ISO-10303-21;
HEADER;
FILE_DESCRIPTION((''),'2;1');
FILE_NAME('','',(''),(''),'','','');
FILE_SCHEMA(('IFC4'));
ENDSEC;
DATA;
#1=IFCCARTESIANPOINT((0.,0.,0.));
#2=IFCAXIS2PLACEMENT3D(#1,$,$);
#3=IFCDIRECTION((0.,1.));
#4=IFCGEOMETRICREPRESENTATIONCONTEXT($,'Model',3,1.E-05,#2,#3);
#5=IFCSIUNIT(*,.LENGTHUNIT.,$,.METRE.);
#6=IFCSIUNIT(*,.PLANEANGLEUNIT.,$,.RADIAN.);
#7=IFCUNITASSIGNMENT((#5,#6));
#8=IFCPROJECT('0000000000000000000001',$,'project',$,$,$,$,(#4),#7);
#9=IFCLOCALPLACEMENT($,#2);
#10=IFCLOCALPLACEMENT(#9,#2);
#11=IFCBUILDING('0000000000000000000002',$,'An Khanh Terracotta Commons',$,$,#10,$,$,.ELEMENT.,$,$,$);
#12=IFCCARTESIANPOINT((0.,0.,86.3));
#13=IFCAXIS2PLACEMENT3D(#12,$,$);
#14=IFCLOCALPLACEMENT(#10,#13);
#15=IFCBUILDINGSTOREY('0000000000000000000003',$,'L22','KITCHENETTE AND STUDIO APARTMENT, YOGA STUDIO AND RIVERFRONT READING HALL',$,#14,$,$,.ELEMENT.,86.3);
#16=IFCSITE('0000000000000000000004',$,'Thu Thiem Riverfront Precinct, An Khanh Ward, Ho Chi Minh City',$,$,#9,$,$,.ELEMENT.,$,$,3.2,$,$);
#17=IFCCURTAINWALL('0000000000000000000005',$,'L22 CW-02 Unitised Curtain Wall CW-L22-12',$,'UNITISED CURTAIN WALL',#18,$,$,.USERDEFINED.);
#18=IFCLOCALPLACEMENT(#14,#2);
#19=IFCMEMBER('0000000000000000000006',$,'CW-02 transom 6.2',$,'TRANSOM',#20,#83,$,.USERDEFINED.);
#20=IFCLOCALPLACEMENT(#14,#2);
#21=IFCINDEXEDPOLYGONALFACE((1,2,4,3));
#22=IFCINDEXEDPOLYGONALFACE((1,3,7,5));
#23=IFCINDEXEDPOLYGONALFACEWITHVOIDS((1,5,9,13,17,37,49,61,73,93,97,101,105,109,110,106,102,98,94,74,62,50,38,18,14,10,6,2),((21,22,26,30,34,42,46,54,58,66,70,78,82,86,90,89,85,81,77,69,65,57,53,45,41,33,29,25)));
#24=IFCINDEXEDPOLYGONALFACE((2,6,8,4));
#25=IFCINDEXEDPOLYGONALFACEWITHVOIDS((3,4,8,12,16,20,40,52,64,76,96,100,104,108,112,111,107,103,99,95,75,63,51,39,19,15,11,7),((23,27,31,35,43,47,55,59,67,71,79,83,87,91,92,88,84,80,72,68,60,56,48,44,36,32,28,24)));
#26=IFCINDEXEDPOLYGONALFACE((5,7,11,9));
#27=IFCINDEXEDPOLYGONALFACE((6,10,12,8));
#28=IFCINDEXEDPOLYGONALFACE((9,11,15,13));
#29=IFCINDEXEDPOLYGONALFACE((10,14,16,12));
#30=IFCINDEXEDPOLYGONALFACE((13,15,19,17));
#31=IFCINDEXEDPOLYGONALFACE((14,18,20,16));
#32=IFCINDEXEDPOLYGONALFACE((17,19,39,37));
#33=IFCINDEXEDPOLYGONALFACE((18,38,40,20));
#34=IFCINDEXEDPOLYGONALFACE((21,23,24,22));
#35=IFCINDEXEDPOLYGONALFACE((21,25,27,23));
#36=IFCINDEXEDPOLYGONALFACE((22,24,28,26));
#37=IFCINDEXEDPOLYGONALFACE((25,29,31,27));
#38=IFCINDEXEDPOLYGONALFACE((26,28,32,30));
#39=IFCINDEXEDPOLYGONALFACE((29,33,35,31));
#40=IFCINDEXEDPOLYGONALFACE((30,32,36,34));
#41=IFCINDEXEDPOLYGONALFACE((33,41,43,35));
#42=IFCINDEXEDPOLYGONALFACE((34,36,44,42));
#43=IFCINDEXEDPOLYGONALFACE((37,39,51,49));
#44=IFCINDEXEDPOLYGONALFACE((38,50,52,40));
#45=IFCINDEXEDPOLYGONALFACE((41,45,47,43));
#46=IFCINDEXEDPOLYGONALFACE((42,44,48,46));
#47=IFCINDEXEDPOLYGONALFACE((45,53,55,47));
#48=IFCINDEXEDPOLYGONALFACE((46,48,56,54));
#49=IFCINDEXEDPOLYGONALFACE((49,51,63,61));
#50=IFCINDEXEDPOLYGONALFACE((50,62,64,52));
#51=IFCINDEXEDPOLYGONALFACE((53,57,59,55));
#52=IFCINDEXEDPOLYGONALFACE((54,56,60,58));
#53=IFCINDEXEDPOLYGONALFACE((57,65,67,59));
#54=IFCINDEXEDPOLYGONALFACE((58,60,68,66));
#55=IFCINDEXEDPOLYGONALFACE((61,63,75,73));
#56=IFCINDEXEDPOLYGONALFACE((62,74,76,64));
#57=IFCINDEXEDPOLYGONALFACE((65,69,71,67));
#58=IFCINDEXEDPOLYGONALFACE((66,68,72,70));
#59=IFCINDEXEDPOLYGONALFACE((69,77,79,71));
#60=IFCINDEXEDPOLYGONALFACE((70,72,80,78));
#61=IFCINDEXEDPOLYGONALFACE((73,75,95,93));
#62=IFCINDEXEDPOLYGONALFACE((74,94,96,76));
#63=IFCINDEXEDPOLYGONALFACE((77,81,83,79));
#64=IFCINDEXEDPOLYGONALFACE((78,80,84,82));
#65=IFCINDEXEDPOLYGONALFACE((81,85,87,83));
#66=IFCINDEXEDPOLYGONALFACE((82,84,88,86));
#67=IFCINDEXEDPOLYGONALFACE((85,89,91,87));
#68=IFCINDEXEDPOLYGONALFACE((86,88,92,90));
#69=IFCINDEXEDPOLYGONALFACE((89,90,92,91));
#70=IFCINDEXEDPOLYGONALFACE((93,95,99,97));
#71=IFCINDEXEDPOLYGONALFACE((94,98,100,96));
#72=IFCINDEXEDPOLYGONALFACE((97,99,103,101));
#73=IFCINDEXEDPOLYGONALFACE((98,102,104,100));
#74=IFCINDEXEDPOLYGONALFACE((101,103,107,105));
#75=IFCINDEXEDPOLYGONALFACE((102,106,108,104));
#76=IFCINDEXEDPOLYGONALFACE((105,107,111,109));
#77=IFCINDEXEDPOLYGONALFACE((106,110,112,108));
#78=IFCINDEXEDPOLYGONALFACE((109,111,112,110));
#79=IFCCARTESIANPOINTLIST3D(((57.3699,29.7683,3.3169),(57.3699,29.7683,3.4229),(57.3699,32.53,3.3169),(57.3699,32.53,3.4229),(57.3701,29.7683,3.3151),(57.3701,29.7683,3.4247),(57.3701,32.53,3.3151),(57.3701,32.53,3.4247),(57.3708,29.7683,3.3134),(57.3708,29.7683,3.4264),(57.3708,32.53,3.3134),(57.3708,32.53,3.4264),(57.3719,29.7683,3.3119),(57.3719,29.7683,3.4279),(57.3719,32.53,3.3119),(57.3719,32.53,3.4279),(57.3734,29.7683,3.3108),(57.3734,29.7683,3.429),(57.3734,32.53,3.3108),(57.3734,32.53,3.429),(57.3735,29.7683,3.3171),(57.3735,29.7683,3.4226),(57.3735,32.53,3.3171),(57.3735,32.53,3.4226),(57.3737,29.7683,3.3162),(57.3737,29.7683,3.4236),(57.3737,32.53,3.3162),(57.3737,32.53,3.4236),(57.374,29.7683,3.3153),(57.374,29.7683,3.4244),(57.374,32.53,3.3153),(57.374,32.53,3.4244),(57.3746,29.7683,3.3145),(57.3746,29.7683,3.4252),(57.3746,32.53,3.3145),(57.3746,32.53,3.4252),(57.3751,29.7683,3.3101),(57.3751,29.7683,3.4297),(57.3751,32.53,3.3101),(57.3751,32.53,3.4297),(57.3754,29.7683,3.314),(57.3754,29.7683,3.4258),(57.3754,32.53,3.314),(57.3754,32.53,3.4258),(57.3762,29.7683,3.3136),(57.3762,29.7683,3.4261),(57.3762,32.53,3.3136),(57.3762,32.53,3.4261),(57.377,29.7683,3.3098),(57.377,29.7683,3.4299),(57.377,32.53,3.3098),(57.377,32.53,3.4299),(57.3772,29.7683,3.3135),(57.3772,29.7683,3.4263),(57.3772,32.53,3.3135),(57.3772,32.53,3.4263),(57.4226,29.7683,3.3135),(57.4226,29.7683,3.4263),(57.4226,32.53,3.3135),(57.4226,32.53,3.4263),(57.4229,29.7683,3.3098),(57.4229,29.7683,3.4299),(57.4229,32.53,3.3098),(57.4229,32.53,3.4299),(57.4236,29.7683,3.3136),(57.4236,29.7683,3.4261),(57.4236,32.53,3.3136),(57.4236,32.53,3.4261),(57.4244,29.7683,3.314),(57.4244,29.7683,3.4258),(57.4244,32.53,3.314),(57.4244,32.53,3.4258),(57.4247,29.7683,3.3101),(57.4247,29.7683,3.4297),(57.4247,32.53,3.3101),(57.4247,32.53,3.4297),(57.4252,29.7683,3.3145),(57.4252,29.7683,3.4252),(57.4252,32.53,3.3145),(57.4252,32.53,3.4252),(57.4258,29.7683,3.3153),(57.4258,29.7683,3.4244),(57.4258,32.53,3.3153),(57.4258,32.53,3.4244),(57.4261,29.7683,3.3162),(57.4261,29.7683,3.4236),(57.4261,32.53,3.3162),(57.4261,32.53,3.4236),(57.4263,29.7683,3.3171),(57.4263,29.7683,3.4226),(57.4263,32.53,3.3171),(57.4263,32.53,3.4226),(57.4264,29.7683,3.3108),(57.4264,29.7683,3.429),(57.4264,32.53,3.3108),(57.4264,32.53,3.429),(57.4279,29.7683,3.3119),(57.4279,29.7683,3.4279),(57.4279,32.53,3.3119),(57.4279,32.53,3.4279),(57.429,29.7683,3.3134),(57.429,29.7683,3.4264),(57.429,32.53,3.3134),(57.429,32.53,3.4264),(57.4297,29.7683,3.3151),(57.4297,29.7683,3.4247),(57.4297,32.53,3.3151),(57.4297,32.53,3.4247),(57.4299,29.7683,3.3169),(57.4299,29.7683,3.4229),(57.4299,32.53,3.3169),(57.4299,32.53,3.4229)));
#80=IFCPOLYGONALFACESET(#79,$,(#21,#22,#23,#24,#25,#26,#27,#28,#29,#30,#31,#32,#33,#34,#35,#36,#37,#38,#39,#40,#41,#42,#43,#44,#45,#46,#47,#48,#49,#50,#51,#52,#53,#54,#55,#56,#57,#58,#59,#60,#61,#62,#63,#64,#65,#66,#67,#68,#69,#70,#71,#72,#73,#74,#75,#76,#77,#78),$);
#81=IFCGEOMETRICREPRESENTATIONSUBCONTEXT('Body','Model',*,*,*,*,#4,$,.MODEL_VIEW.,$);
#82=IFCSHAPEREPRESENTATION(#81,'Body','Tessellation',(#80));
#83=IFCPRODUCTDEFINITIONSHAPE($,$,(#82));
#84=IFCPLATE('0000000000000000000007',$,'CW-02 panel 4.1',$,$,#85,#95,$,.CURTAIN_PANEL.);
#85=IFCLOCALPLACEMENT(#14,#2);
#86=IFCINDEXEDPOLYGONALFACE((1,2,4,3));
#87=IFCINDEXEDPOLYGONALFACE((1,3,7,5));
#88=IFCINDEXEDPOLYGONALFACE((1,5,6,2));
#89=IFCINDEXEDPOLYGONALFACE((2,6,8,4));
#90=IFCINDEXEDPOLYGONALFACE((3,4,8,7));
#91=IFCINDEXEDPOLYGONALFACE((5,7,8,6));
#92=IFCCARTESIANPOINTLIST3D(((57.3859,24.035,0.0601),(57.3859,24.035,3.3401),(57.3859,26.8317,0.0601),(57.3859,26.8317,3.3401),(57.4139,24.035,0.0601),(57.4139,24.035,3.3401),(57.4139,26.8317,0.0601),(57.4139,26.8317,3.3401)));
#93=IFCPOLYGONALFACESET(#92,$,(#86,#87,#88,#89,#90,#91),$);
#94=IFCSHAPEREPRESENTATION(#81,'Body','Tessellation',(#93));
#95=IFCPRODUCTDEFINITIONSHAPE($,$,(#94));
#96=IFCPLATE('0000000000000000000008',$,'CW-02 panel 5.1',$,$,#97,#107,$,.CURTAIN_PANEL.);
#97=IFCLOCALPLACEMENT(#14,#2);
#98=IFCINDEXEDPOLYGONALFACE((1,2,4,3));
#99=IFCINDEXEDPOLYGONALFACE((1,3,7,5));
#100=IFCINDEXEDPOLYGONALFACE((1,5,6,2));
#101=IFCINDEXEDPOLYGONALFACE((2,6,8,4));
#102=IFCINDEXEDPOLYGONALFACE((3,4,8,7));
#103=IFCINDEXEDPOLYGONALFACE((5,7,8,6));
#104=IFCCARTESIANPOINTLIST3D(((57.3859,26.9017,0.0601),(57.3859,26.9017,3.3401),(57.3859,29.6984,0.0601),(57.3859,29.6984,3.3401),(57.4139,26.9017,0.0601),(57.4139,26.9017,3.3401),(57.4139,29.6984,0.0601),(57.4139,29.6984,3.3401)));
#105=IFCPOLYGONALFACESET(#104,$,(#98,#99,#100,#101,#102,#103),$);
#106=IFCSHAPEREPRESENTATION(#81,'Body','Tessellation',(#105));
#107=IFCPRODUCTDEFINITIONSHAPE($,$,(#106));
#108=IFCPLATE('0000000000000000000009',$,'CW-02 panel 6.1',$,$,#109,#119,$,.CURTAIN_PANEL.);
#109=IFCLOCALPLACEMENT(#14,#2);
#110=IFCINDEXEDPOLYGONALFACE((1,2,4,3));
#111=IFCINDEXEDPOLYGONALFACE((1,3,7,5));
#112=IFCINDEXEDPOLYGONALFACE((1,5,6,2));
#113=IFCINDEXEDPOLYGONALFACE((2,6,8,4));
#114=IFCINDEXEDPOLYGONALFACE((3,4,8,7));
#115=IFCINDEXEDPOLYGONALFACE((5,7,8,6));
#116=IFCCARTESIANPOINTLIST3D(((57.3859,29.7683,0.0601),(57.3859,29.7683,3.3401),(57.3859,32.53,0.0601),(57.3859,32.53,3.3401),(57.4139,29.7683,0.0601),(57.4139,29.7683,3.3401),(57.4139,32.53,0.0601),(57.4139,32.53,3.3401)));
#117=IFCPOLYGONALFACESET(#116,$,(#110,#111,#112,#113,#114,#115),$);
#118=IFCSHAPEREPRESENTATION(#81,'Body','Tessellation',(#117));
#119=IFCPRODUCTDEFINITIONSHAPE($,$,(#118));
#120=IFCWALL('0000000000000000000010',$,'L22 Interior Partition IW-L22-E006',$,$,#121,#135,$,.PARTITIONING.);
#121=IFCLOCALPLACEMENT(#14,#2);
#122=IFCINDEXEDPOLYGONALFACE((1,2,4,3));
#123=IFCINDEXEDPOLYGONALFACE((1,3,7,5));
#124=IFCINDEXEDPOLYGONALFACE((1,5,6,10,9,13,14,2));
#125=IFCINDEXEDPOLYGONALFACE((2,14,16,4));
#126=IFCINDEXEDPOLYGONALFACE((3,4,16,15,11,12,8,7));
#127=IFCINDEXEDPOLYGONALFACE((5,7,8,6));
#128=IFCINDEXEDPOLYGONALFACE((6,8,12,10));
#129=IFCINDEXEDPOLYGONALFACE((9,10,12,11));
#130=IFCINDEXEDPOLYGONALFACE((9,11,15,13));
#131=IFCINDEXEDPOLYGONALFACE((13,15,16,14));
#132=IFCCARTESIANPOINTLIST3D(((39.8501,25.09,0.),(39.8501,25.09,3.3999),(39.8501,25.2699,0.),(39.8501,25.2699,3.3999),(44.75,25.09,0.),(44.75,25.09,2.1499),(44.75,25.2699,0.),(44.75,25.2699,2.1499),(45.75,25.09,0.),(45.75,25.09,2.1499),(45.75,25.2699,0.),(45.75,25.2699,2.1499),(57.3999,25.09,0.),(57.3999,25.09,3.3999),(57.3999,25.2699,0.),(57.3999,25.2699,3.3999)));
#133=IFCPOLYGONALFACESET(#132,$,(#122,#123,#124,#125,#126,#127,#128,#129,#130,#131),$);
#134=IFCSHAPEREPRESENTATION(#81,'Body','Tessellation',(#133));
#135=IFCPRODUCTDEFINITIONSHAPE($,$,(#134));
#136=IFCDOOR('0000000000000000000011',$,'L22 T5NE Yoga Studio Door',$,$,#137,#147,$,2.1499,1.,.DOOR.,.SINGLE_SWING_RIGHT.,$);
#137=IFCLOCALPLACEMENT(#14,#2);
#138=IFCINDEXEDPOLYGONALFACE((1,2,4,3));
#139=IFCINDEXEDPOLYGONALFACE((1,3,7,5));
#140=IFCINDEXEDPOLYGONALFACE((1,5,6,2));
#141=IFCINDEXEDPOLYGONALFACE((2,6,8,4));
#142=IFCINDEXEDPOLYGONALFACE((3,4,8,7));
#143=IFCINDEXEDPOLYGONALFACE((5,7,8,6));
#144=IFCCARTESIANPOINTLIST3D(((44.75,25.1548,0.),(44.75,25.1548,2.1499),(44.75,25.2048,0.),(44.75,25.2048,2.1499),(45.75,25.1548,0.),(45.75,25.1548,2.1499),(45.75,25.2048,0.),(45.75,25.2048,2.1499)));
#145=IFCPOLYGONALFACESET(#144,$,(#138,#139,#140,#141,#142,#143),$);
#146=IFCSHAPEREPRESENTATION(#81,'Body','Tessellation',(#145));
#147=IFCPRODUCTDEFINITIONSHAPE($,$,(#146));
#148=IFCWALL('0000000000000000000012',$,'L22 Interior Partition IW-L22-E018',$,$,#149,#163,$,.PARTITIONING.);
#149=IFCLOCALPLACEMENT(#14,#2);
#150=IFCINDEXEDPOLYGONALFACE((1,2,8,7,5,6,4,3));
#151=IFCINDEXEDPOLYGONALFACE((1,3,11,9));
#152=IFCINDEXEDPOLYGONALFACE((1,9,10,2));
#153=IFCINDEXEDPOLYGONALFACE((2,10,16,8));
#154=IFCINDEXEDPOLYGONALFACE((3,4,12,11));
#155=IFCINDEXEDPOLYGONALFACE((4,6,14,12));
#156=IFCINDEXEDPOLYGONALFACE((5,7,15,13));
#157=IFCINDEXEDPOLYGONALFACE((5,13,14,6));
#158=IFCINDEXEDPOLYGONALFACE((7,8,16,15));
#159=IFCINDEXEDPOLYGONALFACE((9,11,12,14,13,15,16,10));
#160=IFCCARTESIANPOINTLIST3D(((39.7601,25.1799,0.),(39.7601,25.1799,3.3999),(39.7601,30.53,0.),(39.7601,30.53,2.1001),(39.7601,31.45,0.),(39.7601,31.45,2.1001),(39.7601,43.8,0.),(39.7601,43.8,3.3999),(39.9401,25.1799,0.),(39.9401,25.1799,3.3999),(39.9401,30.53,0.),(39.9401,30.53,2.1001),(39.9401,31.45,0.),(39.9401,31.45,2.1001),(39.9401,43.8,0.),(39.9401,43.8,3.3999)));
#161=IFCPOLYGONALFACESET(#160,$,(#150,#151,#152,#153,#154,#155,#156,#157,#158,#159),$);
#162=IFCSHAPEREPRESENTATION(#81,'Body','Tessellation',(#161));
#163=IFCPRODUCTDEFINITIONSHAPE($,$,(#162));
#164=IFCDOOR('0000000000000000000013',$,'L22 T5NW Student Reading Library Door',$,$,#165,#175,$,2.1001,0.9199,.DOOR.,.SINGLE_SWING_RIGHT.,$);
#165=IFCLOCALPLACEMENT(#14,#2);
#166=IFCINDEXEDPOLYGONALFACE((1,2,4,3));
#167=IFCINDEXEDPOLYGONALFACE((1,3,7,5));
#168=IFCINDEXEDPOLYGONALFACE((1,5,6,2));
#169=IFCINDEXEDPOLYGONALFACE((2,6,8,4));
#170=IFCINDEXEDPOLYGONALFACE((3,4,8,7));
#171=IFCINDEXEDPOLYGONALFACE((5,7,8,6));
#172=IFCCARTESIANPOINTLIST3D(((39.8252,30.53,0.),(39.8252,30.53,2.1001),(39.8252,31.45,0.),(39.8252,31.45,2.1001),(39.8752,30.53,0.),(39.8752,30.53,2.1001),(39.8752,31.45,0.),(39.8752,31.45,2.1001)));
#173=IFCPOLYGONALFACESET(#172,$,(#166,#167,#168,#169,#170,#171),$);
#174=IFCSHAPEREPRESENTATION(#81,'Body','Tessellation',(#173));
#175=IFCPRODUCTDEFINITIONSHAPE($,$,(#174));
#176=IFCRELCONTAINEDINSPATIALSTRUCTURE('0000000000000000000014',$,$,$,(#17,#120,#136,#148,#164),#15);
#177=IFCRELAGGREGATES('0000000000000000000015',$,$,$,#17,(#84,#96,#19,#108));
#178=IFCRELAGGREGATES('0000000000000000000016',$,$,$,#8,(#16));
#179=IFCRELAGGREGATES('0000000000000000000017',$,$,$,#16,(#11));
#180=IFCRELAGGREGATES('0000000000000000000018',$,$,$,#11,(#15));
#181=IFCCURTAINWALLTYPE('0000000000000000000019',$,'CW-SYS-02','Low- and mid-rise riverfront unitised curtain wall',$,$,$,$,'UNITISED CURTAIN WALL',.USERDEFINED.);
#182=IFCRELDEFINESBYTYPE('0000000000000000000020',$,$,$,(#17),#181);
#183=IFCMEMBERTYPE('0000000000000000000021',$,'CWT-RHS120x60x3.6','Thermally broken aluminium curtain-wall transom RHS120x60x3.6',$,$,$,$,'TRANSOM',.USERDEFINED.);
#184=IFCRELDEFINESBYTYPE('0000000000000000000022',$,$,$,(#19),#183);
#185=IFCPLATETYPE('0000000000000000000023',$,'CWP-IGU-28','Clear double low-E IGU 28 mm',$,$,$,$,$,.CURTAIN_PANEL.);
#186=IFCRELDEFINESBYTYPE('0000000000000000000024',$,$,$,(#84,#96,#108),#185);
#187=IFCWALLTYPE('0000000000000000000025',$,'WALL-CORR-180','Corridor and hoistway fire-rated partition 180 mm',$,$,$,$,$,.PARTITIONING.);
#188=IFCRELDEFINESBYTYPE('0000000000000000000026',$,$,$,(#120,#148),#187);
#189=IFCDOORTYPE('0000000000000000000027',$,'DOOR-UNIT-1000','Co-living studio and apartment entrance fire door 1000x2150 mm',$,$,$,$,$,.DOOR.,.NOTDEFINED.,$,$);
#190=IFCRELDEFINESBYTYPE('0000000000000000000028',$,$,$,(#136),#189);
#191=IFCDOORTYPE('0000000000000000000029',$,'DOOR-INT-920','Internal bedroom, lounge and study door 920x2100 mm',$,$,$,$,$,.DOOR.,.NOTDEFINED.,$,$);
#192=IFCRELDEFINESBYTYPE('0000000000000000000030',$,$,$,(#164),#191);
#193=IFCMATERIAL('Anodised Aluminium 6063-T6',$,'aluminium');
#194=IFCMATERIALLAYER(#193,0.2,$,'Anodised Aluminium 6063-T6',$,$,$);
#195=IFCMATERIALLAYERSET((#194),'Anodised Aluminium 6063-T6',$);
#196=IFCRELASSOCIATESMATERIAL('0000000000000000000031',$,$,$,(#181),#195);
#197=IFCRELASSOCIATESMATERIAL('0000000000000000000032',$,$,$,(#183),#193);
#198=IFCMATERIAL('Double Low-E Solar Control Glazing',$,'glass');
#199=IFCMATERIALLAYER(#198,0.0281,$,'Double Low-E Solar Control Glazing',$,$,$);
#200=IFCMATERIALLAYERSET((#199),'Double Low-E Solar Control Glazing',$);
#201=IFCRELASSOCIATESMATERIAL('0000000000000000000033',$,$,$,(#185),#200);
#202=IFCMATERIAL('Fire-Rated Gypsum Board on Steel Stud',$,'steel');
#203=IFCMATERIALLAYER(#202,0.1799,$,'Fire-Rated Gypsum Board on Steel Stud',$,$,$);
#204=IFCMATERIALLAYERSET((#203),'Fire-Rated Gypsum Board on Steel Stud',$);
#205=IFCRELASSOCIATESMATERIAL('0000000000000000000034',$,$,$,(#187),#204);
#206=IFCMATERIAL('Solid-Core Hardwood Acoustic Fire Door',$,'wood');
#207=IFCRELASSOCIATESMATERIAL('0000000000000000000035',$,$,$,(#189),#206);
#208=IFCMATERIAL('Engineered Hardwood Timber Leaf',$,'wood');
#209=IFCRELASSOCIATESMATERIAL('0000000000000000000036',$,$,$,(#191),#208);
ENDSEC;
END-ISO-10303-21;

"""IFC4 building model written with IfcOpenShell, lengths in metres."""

from ifc_helpers import new_model, si_unit, direction, frame, frame_2d, origin, origin_2d, place, context, subcontext, project, spatial, rectangle, hollow_rectangle, extrude, material, layer, layer_set, material_profile, profile_set, type_object, element, fill, aggregate, save


model = new_model("IFC4")

# Units and contexts
model_context = context("Model", 3, precision=1e-05, world=origin(), true_north=direction((0.0, 1.0)))
body_context = subcontext(model_context, "Body", "Model", "MODEL_VIEW")
ifc_project = project(units=[si_unit("LENGTHUNIT", "METRE"), si_unit("PLANEANGLEUNIT", "RADIAN")], contexts=[model_context])

# Site, building, storey
site_placement = place(None, origin())
site = spatial("IfcSite", under=ifc_project, at=site_placement, Name="Thu Thiem Riverfront Precinct, An Khanh Ward, Ho Chi Minh City", CompositionType="ELEMENT", RefElevation=3.2)
building_placement = place(site_placement, origin())
building = spatial("IfcBuilding", under=site, at=building_placement, Name="An Khanh Terracotta Commons", CompositionType="ELEMENT")
storey_placement = place(building_placement, frame((0.0, 0.0, 86.3)))
storey = spatial("IfcBuildingStorey", under=building, at=storey_placement, Name="L22", Description="KITCHENETTE AND STUDIO APARTMENT, YOGA STUDIO AND RIVERFRONT READING HALL", CompositionType="ELEMENT", Elevation=86.3)

# Curtain wall, member, plates
ifc_material_1 = material(Name="Anodised Aluminium 6063-T6", Category="aluminium")
ifc_layer_1 = layer(ifc_material_1, 0.2, Name="Anodised Aluminium 6063-T6")
ifc_layer_set_1 = layer_set([ifc_layer_1], Name="Anodised Aluminium 6063-T6")
curtain_wall_type = type_object("IfcCurtainWallType", Name="CW-SYS-02", Description="Low- and mid-rise riverfront unitised curtain wall", ElementType="UNITISED CURTAIN WALL", PredefinedType="USERDEFINED", material=ifc_layer_set_1)
curtain_wall_placement = place(storey_placement, origin())
curtain_wall = element("IfcCurtainWall", 1, at=curtain_wall_placement, inside=storey, type_object=curtain_wall_type, Name="L22 CW-02 Unitised Curtain Wall CW-L22-12", ObjectType="UNITISED CURTAIN WALL", PredefinedType="USERDEFINED")
ifc_material_profile_1 = material_profile(ifc_material_1, hollow_rectangle(XDim=0.0601, YDim=0.1201, WallThickness=0.0037, InnerFilletRadius=0.0037, OuterFilletRadius=0.0071, at=origin_2d()), Name="RHS120x60x3.6")
ifc_profile_set_1 = profile_set([ifc_material_profile_1], Name="Anodised Aluminium 6063-T6")
member_type_1 = type_object("IfcMemberType", Name="CWT-RHS120x60x3.6", Description="Thermally broken aluminium curtain-wall transom RHS120x60x3.6", ElementType="TRANSOM", PredefinedType="USERDEFINED", material=ifc_profile_set_1)
member_1_placement = place(storey_placement, frame((57.3999, 29.7683, 3.3699), z_axis=(0.0, 1.0, 0.0), x_axis=(-1.0, 0.0, 0.0)))
member_1 = element("IfcMember", 2, at=member_1_placement, type_object=member_type_1, Name="CW-02 transom 6.2", ObjectType="TRANSOM", PredefinedType="USERDEFINED", context=body_context, shape_type="SweptSolid", body=[
    extrude(hollow_rectangle(XDim=0.0601, YDim=0.1201, WallThickness=0.0037, InnerFilletRadius=0.0037, OuterFilletRadius=0.0071, at=origin_2d()), origin(), (0.0, 0.0, 1.0), 2.7617),
])
ifc_material_2 = material(Name="Double Low-E Solar Control Glazing", Category="glass")
ifc_layer_2 = layer(ifc_material_2, 0.0281, Name="Double Low-E Solar Control Glazing")
ifc_layer_set_2 = layer_set([ifc_layer_2], Name="Double Low-E Solar Control Glazing")
plate_type = type_object("IfcPlateType", Name="CWP-IGU-28", Description="Clear double low-E IGU 28 mm", PredefinedType="CURTAIN_PANEL", material=ifc_layer_set_2)
plate_1_placement = place(storey_placement, frame((57.3999, 25.4333, 0.0601), z_axis=(0.0, 0.0, 1.0), x_axis=(0.0, 1.0, 0.0)))
plate_1 = element("IfcPlate", 3, at=plate_1_placement, type_object=plate_type, Name="CW-02 panel 4.1", PredefinedType="CURTAIN_PANEL", context=body_context, shape_type="SweptSolid", body=[
    extrude(rectangle(XDim=2.7966, YDim=0.0281, at=origin_2d()), origin(), (0.0, 0.0, 1.0), 3.28),
])
plate_2_placement = place(storey_placement, frame((57.3999, 28.3, 0.0601), z_axis=(0.0, 0.0, 1.0), x_axis=(0.0, 1.0, 0.0)))
plate_2 = element("IfcPlate", 4, at=plate_2_placement, type_object=plate_type, Name="CW-02 panel 5.1", PredefinedType="CURTAIN_PANEL", context=body_context, shape_type="SweptSolid", body=[
    extrude(rectangle(XDim=2.7966, YDim=0.0281, at=origin_2d()), origin(), (0.0, 0.0, 1.0), 3.28),
])
plate_3_placement = place(storey_placement, frame((57.3999, 31.1492, 0.0601), z_axis=(0.0, 0.0, 1.0), x_axis=(0.0, 1.0, 0.0)))
plate_3 = element("IfcPlate", 5, at=plate_3_placement, type_object=plate_type, Name="CW-02 panel 6.1", PredefinedType="CURTAIN_PANEL", context=body_context, shape_type="SweptSolid", body=[
    extrude(rectangle(XDim=2.7617, YDim=0.0281, at=origin_2d()), origin(), (0.0, 0.0, 1.0), 3.28),
])
aggregate(curtain_wall, [plate_1, plate_2, member_1, plate_3])

# Walls, openings, doors
ifc_material_3 = material(Name="Fire-Rated Gypsum Board on Steel Stud", Category="steel")
ifc_layer_3 = layer(ifc_material_3, 0.1799, Name="Fire-Rated Gypsum Board on Steel Stud")
ifc_layer_set_3 = layer_set([ifc_layer_3], Name="Fire-Rated Gypsum Board on Steel Stud")
wall_type_1 = type_object("IfcWallType", Name="WALL-CORR-180", Description="Corridor and hoistway fire-rated partition 180 mm", PredefinedType="PARTITIONING", material=ifc_layer_set_3)
wall_1_placement = place(storey_placement, frame((39.8501, 25.1799, 0.0), z_axis=(0.0, 0.0, 1.0), x_axis=(1.0, 0.0, 0.0)))
wall_1 = element("IfcWall", 6, at=wall_1_placement, inside=storey, type_object=wall_type_1, Name="L22 Interior Partition IW-L22-E006", PredefinedType="PARTITIONING", context=body_context, shape_type="SweptSolid", body=[
    extrude(rectangle(XDim=17.5498, YDim=0.1799, at=frame_2d((8.7749, 0.0))), origin(), (0.0, 0.0, 1.0), 3.3999),
])
opening_1_placement = place(wall_1_placement, frame((4.8999, 0.0, 0.0)))
opening_1 = element("IfcOpeningElement", 7, at=opening_1_placement, cuts=wall_1, PredefinedType="OPENING", context=body_context, shape_type="SweptSolid", body=[
    extrude(rectangle(XDim=1.0, YDim=2.1499, at=frame_2d((0.5, 1.075))), frame((0.0, 0.0999, 0.0), z_axis=(0.0, -1.0, 0.0), x_axis=(1.0, 0.0, 0.0)), (0.0, 0.0, 1.0), 0.2),
])
ifc_material_4 = material(Name="Solid-Core Hardwood Acoustic Fire Door", Category="wood")
door_type_1 = type_object("IfcDoorType", Name="DOOR-UNIT-1000", Description="Co-living studio and apartment entrance fire door 1000x2150 mm", OperationType="NOTDEFINED", PredefinedType="DOOR", material=ifc_material_4)
door_1_placement = place(opening_1_placement, origin())
door_1 = element("IfcDoor", 8, at=door_1_placement, inside=storey, type_object=door_type_1, Name="L22 T5NE Yoga Studio Door", OperationType="SINGLE_SWING_RIGHT", OverallHeight=2.1499, OverallWidth=1.0, PredefinedType="DOOR", context=body_context, shape_type="SweptSolid", body=[
    extrude(rectangle(XDim=1.0, YDim=2.1499, at=frame_2d((0.5, 1.075))), frame((0.0, 0.0249, 0.0), z_axis=(0.0, -1.0, 0.0), x_axis=(1.0, 0.0, 0.0)), (0.0, 0.0, 1.0), 0.05),
])
fill(opening_1, door_1)
wall_2_placement = place(storey_placement, frame((39.8501, 25.1799, 0.0), z_axis=(0.0, 0.0, 1.0), x_axis=(0.0, 1.0, 0.0)))
wall_2 = element("IfcWall", 9, at=wall_2_placement, inside=storey, type_object=wall_type_1, Name="L22 Interior Partition IW-L22-E018", PredefinedType="PARTITIONING", context=body_context, shape_type="SweptSolid", body=[
    extrude(rectangle(XDim=18.6201, YDim=0.1799, at=frame_2d((9.3101, 0.0))), origin(), (0.0, 0.0, 1.0), 3.3999),
])
opening_2_placement = place(wall_2_placement, frame((5.3501, 0.0, 0.0)))
opening_2 = element("IfcOpeningElement", 10, at=opening_2_placement, cuts=wall_2, PredefinedType="OPENING", context=body_context, shape_type="SweptSolid", body=[
    extrude(rectangle(XDim=0.9199, YDim=2.1001, at=frame_2d((0.46, 1.05))), frame((0.0, 0.0999, 0.0), z_axis=(0.0, -1.0, 0.0), x_axis=(1.0, 0.0, 0.0)), (0.0, 0.0, 1.0), 0.2),
])
ifc_material_5 = material(Name="Engineered Hardwood Timber Leaf", Category="wood")
door_type_2 = type_object("IfcDoorType", Name="DOOR-INT-920", Description="Internal bedroom, lounge and study door 920x2100 mm", OperationType="NOTDEFINED", PredefinedType="DOOR", material=ifc_material_5)
door_2_placement = place(opening_2_placement, origin())
door_2 = element("IfcDoor", 11, at=door_2_placement, inside=storey, type_object=door_type_2, Name="L22 T5NW Student Reading Library Door", OperationType="SINGLE_SWING_RIGHT", OverallHeight=2.1001, OverallWidth=0.9199, PredefinedType="DOOR", context=body_context, shape_type="SweptSolid", body=[
    extrude(rectangle(XDim=0.9199, YDim=2.1001, at=frame_2d((0.46, 1.05))), frame((0.0, 0.0249, 0.0), z_axis=(0.0, -1.0, 0.0), x_axis=(1.0, 0.0, 0.0)), (0.0, 0.0, 1.0), 0.05),
])
fill(opening_2, door_2)

save(model, "model.ifc")
